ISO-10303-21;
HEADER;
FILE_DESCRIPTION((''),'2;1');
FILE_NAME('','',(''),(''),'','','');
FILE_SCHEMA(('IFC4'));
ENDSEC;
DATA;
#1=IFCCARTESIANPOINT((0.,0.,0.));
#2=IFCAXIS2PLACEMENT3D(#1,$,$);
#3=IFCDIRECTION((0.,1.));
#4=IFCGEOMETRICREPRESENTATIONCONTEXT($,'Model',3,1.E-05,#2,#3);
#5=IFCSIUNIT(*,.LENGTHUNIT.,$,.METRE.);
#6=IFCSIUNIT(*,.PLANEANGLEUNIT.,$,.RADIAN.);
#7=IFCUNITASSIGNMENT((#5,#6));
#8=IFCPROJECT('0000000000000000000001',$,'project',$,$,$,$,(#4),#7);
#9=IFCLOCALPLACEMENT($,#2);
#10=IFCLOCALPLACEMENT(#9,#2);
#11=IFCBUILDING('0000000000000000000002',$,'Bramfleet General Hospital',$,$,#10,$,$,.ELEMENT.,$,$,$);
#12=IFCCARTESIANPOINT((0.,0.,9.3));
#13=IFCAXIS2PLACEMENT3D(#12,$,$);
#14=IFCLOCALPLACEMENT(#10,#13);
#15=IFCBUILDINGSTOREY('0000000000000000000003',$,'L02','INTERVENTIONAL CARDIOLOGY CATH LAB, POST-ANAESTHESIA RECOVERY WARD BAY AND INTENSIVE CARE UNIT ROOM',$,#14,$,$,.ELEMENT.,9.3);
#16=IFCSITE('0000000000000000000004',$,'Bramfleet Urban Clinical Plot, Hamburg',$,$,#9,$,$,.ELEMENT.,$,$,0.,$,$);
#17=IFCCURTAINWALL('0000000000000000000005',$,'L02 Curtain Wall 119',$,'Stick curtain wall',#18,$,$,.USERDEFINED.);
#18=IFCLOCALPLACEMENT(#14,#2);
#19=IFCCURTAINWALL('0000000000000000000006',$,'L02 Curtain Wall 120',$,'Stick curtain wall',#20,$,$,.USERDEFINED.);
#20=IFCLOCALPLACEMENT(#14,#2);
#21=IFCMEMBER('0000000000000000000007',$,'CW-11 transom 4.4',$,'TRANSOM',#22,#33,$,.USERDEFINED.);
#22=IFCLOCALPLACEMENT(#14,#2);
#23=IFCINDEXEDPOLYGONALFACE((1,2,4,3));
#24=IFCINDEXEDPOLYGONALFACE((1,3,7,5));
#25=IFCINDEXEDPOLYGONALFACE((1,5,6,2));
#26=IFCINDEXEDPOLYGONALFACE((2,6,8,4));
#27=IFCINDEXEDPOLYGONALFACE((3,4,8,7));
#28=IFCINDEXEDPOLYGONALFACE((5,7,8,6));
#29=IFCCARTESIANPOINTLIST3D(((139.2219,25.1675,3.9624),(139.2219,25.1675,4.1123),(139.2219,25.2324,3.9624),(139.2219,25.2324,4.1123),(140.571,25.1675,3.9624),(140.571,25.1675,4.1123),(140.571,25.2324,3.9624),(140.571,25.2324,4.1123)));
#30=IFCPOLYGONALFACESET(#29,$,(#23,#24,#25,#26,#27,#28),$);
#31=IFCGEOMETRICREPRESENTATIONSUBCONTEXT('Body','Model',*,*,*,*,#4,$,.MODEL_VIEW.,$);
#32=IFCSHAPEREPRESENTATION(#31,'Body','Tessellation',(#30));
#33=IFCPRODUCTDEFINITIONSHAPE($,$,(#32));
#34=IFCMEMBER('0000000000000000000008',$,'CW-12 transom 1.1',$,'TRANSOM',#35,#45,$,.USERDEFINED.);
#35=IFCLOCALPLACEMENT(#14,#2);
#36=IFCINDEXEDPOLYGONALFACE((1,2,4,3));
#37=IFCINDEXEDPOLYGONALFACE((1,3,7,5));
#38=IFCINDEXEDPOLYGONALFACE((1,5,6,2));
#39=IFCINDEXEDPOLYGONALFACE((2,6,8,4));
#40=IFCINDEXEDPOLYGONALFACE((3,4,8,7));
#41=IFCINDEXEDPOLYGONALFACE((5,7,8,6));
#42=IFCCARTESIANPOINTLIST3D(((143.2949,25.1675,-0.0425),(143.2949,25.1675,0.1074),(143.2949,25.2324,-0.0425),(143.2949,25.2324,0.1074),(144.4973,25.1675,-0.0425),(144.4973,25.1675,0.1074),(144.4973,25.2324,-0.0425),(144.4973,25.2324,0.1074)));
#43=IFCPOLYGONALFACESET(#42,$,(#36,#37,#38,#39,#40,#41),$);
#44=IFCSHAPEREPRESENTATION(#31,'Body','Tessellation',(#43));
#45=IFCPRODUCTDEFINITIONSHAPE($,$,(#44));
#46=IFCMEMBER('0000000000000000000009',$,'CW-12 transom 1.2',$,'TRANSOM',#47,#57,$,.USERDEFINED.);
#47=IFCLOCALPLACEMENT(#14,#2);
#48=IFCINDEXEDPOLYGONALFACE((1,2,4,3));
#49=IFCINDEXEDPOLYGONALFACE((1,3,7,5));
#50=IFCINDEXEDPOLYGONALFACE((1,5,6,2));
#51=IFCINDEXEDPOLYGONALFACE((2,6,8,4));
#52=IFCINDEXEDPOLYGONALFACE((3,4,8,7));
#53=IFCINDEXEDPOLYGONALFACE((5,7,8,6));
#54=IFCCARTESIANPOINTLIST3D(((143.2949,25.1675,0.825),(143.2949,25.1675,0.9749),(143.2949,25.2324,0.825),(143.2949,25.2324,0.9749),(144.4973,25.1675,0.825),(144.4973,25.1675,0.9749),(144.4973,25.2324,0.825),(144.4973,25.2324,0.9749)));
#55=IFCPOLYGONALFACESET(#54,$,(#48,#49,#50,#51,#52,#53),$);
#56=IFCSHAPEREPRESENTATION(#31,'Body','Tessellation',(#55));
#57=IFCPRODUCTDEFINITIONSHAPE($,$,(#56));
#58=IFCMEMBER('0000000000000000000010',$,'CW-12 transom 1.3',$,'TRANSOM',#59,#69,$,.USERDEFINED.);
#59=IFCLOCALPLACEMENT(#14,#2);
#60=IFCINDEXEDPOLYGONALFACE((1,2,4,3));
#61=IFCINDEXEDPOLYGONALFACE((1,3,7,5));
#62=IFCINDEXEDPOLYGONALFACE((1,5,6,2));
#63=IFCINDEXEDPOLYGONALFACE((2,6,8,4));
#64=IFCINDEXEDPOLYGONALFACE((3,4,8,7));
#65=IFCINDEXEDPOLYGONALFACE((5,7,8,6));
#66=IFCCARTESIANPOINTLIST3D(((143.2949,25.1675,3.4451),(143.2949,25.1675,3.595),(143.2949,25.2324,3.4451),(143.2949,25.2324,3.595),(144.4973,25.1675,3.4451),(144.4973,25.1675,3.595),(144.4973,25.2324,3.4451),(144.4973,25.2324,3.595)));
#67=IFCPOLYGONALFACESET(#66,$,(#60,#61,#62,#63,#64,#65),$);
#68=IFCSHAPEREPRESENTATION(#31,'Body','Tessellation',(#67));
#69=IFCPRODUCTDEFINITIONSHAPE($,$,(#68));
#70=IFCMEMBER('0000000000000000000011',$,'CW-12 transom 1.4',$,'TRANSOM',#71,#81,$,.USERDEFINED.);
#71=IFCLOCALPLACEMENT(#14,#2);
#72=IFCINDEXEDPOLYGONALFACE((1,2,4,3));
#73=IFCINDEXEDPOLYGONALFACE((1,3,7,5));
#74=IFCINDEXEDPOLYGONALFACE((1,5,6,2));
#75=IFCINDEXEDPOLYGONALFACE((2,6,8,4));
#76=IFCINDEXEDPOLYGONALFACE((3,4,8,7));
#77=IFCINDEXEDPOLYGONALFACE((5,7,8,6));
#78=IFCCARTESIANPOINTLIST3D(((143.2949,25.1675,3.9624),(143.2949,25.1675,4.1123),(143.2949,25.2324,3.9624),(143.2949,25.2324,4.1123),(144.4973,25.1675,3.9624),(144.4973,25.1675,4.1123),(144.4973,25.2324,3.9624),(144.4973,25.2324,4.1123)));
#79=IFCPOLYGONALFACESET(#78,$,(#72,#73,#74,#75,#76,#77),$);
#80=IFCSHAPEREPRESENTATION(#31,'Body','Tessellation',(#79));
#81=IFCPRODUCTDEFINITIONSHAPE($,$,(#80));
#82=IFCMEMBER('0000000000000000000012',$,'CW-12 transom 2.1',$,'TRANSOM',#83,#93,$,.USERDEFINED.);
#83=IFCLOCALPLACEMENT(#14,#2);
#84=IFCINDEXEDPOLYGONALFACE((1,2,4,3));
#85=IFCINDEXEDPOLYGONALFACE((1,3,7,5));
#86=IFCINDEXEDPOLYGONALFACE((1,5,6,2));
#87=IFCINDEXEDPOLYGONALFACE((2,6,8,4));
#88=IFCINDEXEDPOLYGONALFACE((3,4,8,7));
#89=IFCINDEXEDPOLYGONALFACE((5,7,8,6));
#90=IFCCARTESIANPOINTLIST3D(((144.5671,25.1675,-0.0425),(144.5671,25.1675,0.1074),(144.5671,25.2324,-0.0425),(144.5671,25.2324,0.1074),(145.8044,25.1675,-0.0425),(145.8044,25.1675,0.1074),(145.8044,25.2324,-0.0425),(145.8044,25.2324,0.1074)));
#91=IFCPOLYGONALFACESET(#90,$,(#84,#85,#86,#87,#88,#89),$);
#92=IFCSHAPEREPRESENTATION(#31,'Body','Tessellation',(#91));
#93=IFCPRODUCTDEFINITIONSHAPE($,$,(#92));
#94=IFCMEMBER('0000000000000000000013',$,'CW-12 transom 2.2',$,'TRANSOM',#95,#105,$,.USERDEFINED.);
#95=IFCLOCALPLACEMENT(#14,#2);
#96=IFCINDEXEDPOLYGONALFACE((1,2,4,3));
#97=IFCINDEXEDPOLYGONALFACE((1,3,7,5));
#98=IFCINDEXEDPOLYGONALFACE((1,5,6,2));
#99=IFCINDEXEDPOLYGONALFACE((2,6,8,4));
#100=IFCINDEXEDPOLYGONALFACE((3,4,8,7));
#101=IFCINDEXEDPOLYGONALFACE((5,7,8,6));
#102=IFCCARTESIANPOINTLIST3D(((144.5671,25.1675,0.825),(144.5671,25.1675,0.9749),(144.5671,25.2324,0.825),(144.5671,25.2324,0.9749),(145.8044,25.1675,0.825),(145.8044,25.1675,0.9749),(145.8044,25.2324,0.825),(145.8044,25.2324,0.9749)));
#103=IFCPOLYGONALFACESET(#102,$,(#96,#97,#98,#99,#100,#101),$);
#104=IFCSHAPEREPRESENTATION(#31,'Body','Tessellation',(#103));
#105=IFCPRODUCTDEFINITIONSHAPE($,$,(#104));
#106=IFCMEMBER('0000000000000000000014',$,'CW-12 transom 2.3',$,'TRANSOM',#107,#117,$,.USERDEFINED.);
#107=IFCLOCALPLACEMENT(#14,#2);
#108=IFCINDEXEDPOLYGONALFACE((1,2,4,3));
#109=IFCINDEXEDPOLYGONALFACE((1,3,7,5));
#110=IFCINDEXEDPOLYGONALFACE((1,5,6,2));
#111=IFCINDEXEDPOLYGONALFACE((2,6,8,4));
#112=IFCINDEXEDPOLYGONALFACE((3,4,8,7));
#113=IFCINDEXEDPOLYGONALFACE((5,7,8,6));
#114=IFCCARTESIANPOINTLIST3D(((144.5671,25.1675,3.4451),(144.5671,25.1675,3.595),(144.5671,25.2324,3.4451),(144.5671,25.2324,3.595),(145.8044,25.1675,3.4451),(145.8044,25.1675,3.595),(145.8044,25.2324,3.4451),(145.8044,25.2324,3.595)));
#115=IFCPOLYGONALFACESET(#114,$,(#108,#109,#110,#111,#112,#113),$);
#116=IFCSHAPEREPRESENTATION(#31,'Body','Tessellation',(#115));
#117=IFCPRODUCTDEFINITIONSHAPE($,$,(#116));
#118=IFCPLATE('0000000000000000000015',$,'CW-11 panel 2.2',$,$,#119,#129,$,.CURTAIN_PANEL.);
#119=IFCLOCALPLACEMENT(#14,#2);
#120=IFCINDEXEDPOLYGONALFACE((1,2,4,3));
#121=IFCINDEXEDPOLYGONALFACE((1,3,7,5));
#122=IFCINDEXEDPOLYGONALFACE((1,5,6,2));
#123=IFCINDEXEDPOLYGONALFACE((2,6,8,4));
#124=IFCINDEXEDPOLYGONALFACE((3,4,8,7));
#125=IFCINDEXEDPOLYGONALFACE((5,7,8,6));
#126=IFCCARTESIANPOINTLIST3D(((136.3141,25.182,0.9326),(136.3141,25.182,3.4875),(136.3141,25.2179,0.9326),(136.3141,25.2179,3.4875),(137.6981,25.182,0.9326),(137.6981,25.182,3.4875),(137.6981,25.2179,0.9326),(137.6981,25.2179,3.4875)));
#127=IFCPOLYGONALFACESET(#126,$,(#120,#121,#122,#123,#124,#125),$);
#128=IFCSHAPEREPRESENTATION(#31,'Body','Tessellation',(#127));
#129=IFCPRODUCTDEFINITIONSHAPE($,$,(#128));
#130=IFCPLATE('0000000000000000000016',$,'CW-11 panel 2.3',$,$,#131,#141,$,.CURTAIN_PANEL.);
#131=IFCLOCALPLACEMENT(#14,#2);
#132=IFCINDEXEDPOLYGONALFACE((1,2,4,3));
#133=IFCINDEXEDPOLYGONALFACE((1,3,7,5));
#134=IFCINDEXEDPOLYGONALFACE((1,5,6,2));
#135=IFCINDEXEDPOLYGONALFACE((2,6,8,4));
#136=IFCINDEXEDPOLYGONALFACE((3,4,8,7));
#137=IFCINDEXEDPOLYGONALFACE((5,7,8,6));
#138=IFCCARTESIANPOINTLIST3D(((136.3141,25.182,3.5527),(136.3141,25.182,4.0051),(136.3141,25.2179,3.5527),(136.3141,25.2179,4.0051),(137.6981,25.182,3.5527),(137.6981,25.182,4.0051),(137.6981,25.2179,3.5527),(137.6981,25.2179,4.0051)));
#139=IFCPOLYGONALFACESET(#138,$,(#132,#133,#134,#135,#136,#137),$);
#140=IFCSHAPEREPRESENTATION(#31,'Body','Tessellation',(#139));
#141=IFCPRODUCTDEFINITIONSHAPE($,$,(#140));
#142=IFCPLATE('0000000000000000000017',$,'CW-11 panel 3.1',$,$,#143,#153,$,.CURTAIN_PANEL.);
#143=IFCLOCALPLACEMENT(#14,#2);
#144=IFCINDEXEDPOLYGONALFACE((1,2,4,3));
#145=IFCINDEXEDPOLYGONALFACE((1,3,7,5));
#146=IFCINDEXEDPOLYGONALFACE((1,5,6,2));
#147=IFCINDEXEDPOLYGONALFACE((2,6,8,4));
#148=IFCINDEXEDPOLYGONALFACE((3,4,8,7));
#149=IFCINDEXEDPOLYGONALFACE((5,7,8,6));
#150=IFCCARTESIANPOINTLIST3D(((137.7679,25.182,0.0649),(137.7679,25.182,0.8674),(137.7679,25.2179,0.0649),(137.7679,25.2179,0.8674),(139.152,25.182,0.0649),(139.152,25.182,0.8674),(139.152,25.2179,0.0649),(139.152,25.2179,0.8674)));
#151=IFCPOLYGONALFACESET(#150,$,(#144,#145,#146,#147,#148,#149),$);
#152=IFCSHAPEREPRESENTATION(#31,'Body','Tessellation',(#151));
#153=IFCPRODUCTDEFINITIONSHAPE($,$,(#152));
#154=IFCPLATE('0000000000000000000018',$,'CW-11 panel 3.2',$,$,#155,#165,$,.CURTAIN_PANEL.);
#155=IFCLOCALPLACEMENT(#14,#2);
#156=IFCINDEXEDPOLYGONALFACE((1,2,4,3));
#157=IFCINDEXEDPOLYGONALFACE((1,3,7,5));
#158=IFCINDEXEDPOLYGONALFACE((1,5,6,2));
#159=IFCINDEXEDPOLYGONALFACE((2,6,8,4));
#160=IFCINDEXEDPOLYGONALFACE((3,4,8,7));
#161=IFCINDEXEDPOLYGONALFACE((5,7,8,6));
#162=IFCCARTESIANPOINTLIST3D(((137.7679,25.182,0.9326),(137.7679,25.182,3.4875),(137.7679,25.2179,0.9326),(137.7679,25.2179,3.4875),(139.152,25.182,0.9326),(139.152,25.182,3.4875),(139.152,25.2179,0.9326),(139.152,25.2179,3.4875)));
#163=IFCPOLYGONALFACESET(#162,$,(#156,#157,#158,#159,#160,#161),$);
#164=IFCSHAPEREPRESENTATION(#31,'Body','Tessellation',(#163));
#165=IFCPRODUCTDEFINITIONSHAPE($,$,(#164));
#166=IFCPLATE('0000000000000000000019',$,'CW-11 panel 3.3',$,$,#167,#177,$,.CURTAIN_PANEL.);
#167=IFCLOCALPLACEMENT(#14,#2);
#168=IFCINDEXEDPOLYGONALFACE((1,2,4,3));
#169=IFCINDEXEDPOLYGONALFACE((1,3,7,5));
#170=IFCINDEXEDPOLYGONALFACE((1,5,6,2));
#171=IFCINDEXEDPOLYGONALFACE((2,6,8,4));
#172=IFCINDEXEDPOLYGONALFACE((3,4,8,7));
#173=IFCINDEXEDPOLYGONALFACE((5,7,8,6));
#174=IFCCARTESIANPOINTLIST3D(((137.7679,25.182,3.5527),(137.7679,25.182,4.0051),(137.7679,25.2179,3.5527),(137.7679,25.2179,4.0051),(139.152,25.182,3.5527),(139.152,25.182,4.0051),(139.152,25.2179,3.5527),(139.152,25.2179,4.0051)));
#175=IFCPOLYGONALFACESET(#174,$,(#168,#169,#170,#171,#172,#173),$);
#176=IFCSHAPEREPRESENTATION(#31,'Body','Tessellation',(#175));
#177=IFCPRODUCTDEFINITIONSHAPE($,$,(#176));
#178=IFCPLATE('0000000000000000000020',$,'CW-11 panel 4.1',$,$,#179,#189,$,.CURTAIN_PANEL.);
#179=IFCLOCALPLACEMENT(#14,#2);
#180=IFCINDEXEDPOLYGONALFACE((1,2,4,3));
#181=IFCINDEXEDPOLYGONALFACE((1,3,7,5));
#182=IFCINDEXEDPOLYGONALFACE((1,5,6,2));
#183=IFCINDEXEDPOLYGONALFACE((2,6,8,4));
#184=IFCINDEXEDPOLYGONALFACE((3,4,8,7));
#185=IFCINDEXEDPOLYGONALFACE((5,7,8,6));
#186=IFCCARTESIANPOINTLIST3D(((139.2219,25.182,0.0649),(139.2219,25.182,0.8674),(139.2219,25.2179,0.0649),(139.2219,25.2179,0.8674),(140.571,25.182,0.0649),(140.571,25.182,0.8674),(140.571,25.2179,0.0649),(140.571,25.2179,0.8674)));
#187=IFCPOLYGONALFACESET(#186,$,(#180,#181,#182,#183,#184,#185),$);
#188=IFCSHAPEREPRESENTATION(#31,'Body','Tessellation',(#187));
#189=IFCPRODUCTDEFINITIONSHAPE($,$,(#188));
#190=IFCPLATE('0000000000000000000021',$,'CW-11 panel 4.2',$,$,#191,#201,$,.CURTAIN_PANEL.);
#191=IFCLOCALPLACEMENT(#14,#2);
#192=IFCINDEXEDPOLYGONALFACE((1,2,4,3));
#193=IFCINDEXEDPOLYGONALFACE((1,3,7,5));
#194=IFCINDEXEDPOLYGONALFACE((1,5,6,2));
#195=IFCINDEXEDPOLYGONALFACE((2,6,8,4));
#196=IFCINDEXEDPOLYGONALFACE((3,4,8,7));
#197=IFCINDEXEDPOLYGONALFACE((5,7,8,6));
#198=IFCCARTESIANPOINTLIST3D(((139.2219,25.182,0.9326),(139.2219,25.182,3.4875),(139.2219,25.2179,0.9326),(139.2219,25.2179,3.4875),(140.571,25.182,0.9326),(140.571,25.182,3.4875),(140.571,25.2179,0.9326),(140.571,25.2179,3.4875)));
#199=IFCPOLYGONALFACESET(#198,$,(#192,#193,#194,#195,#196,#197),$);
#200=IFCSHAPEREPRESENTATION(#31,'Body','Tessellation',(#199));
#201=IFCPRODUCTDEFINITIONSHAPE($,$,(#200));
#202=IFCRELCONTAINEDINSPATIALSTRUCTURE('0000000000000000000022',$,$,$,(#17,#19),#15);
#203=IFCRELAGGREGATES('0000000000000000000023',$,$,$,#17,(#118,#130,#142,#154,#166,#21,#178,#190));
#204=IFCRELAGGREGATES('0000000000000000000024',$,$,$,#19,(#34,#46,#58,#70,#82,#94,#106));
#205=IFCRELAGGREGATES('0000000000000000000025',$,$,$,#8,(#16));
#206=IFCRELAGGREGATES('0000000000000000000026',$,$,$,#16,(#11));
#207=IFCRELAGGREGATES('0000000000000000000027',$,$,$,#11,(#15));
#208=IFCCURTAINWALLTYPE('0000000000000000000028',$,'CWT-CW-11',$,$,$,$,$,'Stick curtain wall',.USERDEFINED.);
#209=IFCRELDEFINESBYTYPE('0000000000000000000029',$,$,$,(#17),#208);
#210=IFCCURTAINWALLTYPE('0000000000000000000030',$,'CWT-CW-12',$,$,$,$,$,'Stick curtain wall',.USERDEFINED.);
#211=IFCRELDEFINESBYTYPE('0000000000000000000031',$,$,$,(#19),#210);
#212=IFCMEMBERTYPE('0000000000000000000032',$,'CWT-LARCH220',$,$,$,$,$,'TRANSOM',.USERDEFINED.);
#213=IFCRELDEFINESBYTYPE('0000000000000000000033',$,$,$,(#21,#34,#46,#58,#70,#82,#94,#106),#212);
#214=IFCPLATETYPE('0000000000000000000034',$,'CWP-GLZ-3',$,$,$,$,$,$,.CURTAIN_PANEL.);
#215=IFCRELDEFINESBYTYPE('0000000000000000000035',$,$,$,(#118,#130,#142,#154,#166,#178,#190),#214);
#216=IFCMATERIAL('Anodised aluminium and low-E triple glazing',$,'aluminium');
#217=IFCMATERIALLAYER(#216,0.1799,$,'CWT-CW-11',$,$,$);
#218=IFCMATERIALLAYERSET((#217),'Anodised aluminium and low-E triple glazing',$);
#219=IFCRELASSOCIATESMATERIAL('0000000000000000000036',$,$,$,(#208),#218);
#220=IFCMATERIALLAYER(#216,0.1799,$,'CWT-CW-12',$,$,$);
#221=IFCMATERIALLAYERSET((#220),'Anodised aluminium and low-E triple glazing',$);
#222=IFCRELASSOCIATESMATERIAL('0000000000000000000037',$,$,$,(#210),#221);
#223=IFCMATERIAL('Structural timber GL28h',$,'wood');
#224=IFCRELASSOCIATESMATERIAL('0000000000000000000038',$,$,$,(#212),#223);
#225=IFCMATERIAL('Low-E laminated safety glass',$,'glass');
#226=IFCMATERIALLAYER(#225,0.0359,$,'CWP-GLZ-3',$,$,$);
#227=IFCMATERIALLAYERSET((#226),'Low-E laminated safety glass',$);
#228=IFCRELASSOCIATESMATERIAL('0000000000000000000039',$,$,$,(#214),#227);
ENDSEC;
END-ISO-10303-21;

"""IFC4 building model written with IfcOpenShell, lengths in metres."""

from ifc_helpers import new_model, si_unit, direction, frame, origin, origin_2d, place, context, subcontext, project, spatial, rectangle, extrude, material, layer, layer_set, material_profile, profile_set, type_object, element, aggregate, save


model = new_model("IFC4")

# Units and contexts
model_context = context("Model", 3, precision=1e-05, world=origin(), true_north=direction((0.0, 1.0)))
body_context = subcontext(model_context, "Body", "Model", "MODEL_VIEW")
ifc_project = project(units=[si_unit("LENGTHUNIT", "METRE"), si_unit("PLANEANGLEUNIT", "RADIAN")], contexts=[model_context])

# Site, building, storey
site_placement = place(None, origin())
site = spatial("IfcSite", under=ifc_project, at=site_placement, Name="Bramfleet Urban Clinical Plot, Hamburg", CompositionType="ELEMENT", RefElevation=0.0)
building_placement = place(site_placement, origin())
building = spatial("IfcBuilding", under=site, at=building_placement, Name="Bramfleet General Hospital", CompositionType="ELEMENT")
storey_placement = place(building_placement, frame((0.0, 0.0, 9.3)))
storey = spatial("IfcBuildingStorey", under=building, at=storey_placement, Name="L02", Description="INTERVENTIONAL CARDIOLOGY CATH LAB, POST-ANAESTHESIA RECOVERY WARD BAY AND INTENSIVE CARE UNIT ROOM", CompositionType="ELEMENT", Elevation=9.3)

# Curtain walls
ifc_material_1 = material(Name="Anodised aluminium and low-E triple glazing", Category="aluminium")
ifc_layer_1 = layer(ifc_material_1, 0.1799, Name="CWT-CW-11")
ifc_layer_set_1 = layer_set([ifc_layer_1], Name="Anodised aluminium and low-E triple glazing")
curtain_wall_type_1 = type_object("IfcCurtainWallType", Name="CWT-CW-11", ElementType="Stick curtain wall", PredefinedType="USERDEFINED", material=ifc_layer_set_1)
curtain_wall_1_placement = place(storey_placement, origin())
curtain_wall_1 = element("IfcCurtainWall", 1, at=curtain_wall_1_placement, inside=storey, type_object=curtain_wall_type_1, Name="L02 Curtain Wall 119", ObjectType="Stick curtain wall", PredefinedType="USERDEFINED")
ifc_material_2 = material(Name="Structural timber GL28h", Category="wood")
ifc_layer_2 = layer(ifc_material_1, 0.1799, Name="CWT-CW-12")
ifc_layer_set_2 = layer_set([ifc_layer_2], Name="Anodised aluminium and low-E triple glazing")
curtain_wall_type_2 = type_object("IfcCurtainWallType", Name="CWT-CW-12", ElementType="Stick curtain wall", PredefinedType="USERDEFINED", material=ifc_layer_set_2)
curtain_wall_2_placement = place(storey_placement, origin())
curtain_wall_2 = element("IfcCurtainWall", 2, at=curtain_wall_2_placement, inside=storey, type_object=curtain_wall_type_2, Name="L02 Curtain Wall 120", ObjectType="Stick curtain wall", PredefinedType="USERDEFINED")

# Members
ifc_material_profile_1 = material_profile(ifc_material_2, rectangle(XDim=0.0649, YDim=0.1499, at=origin_2d()), Name="LARCH 150x65")
ifc_profile_set_1 = profile_set([ifc_material_profile_1], Name="Structural timber GL28h")
member_type_1 = type_object("IfcMemberType", Name="CWT-LARCH220", ElementType="TRANSOM", PredefinedType="USERDEFINED", material=ifc_profile_set_1)
member_1_placement = place(storey_placement, frame((139.2219, 25.2, 4.0374), z_axis=(1.0, 0.0, 0.0), x_axis=(0.0, 1.0, 0.0)))
member_1 = element("IfcMember", 3, at=member_1_placement, type_object=member_type_1, Name="CW-11 transom 4.4", ObjectType="TRANSOM", PredefinedType="USERDEFINED", context=body_context, shape_type="SweptSolid", body=[
    extrude(rectangle(XDim=0.0649, YDim=0.1499, at=origin_2d()), origin(), (0.0, 0.0, 1.0), 1.3491),
])
member_2_placement = place(storey_placement, frame((143.2949, 25.2, 0.0325), z_axis=(1.0, 0.0, 0.0), x_axis=(0.0, 1.0, 0.0)))
member_2 = element("IfcMember", 4, at=member_2_placement, type_object=member_type_1, Name="CW-12 transom 1.1", ObjectType="TRANSOM", PredefinedType="USERDEFINED", context=body_context, shape_type="SweptSolid", body=[
    extrude(rectangle(XDim=0.0649, YDim=0.1499, at=origin_2d()), origin(), (0.0, 0.0, 1.0), 1.2024),
])
member_3_placement = place(storey_placement, frame((143.2949, 25.2, 0.8999), z_axis=(1.0, 0.0, 0.0), x_axis=(0.0, 1.0, 0.0)))
member_3 = element("IfcMember", 5, at=member_3_placement, type_object=member_type_1, Name="CW-12 transom 1.2", ObjectType="TRANSOM", PredefinedType="USERDEFINED", context=body_context, shape_type="SweptSolid", body=[
    extrude(rectangle(XDim=0.0649, YDim=0.1499, at=origin_2d()), origin(), (0.0, 0.0, 1.0), 1.2024),
])
member_4_placement = place(storey_placement, frame((143.2949, 25.2, 3.52), z_axis=(1.0, 0.0, 0.0), x_axis=(0.0, 1.0, 0.0)))
member_4 = element("IfcMember", 6, at=member_4_placement, type_object=member_type_1, Name="CW-12 transom 1.3", ObjectType="TRANSOM", PredefinedType="USERDEFINED", context=body_context, shape_type="SweptSolid", body=[
    extrude(rectangle(XDim=0.0649, YDim=0.1499, at=origin_2d()), origin(), (0.0, 0.0, 1.0), 1.2024),
])
member_5_placement = place(storey_placement, frame((143.2949, 25.2, 4.0374), z_axis=(1.0, 0.0, 0.0), x_axis=(0.0, 1.0, 0.0)))
member_5 = element("IfcMember", 7, at=member_5_placement, type_object=member_type_1, Name="CW-12 transom 1.4", ObjectType="TRANSOM", PredefinedType="USERDEFINED", context=body_context, shape_type="SweptSolid", body=[
    extrude(rectangle(XDim=0.0649, YDim=0.1499, at=origin_2d()), origin(), (0.0, 0.0, 1.0), 1.2024),
])
member_6_placement = place(storey_placement, frame((144.5671, 25.2, 0.0325), z_axis=(1.0, 0.0, 0.0), x_axis=(0.0, 1.0, 0.0)))
member_6 = element("IfcMember", 8, at=member_6_placement, type_object=member_type_1, Name="CW-12 transom 2.1", ObjectType="TRANSOM", PredefinedType="USERDEFINED", context=body_context, shape_type="SweptSolid", body=[
    extrude(rectangle(XDim=0.0649, YDim=0.1499, at=origin_2d()), origin(), (0.0, 0.0, 1.0), 1.2373),
])
member_7_placement = place(storey_placement, frame((144.5671, 25.2, 0.8999), z_axis=(1.0, 0.0, 0.0), x_axis=(0.0, 1.0, 0.0)))
member_7 = element("IfcMember", 9, at=member_7_placement, type_object=member_type_1, Name="CW-12 transom 2.2", ObjectType="TRANSOM", PredefinedType="USERDEFINED", context=body_context, shape_type="SweptSolid", body=[
    extrude(rectangle(XDim=0.0649, YDim=0.1499, at=origin_2d()), origin(), (0.0, 0.0, 1.0), 1.2373),
])
member_8_placement = place(storey_placement, frame((144.5671, 25.2, 3.52), z_axis=(1.0, 0.0, 0.0), x_axis=(0.0, 1.0, 0.0)))
member_8 = element("IfcMember", 10, at=member_8_placement, type_object=member_type_1, Name="CW-12 transom 2.3", ObjectType="TRANSOM", PredefinedType="USERDEFINED", context=body_context, shape_type="SweptSolid", body=[
    extrude(rectangle(XDim=0.0649, YDim=0.1499, at=origin_2d()), origin(), (0.0, 0.0, 1.0), 1.2373),
])

# Plates
ifc_material_3 = material(Name="Low-E laminated safety glass", Category="glass")
ifc_layer_3 = layer(ifc_material_3, 0.0359, Name="CWP-GLZ-3")
ifc_layer_set_3 = layer_set([ifc_layer_3], Name="Low-E laminated safety glass")
plate_type_1 = type_object("IfcPlateType", Name="CWP-GLZ-3", PredefinedType="CURTAIN_PANEL", material=ifc_layer_set_3)
plate_1_placement = place(storey_placement, frame((137.0061, 25.2, 0.9326), z_axis=(0.0, 0.0, 1.0), x_axis=(1.0, 0.0, 0.0)))
plate_1 = element("IfcPlate", 11, at=plate_1_placement, type_object=plate_type_1, Name="CW-11 panel 2.2", PredefinedType="CURTAIN_PANEL", context=body_context, shape_type="SweptSolid", body=[
    extrude(rectangle(XDim=1.384, YDim=0.0359, at=origin_2d()), origin(), (0.0, 0.0, 1.0), 2.5549),
])
plate_2_placement = place(storey_placement, frame((137.0061, 25.2, 3.5527), z_axis=(0.0, 0.0, 1.0), x_axis=(1.0, 0.0, 0.0)))
plate_2 = element("IfcPlate", 12, at=plate_2_placement, type_object=plate_type_1, Name="CW-11 panel 2.3", PredefinedType="CURTAIN_PANEL", context=body_context, shape_type="SweptSolid", body=[
    extrude(rectangle(XDim=1.384, YDim=0.0359, at=origin_2d()), origin(), (0.0, 0.0, 1.0), 0.4524),
])
plate_3_placement = place(storey_placement, frame((138.46, 25.2, 0.0649), z_axis=(0.0, 0.0, 1.0), x_axis=(1.0, 0.0, 0.0)))
plate_3 = element("IfcPlate", 13, at=plate_3_placement, type_object=plate_type_1, Name="CW-11 panel 3.1", PredefinedType="CURTAIN_PANEL", context=body_context, shape_type="SweptSolid", body=[
    extrude(rectangle(XDim=1.384, YDim=0.0359, at=origin_2d()), origin(), (0.0, 0.0, 1.0), 0.8025),
])
plate_4_placement = place(storey_placement, frame((138.46, 25.2, 0.9326), z_axis=(0.0, 0.0, 1.0), x_axis=(1.0, 0.0, 0.0)))
plate_4 = element("IfcPlate", 14, at=plate_4_placement, type_object=plate_type_1, Name="CW-11 panel 3.2", PredefinedType="CURTAIN_PANEL", context=body_context, shape_type="SweptSolid", body=[
    extrude(rectangle(XDim=1.384, YDim=0.0359, at=origin_2d()), origin(), (0.0, 0.0, 1.0), 2.5549),
])
plate_5_placement = place(storey_placement, frame((138.46, 25.2, 3.5527), z_axis=(0.0, 0.0, 1.0), x_axis=(1.0, 0.0, 0.0)))
plate_5 = element("IfcPlate", 15, at=plate_5_placement, type_object=plate_type_1, Name="CW-11 panel 3.3", PredefinedType="CURTAIN_PANEL", context=body_context, shape_type="SweptSolid", body=[
    extrude(rectangle(XDim=1.384, YDim=0.0359, at=origin_2d()), origin(), (0.0, 0.0, 1.0), 0.4524),
])
plate_6_placement = place(storey_placement, frame((139.8965, 25.2, 0.0649), z_axis=(0.0, 0.0, 1.0), x_axis=(1.0, 0.0, 0.0)))
plate_6 = element("IfcPlate", 16, at=plate_6_placement, type_object=plate_type_1, Name="CW-11 panel 4.1", PredefinedType="CURTAIN_PANEL", context=body_context, shape_type="SweptSolid", body=[
    extrude(rectangle(XDim=1.3491, YDim=0.0359, at=origin_2d()), origin(), (0.0, 0.0, 1.0), 0.8025),
])
plate_7_placement = place(storey_placement, frame((139.8965, 25.2, 0.9326), z_axis=(0.0, 0.0, 1.0), x_axis=(1.0, 0.0, 0.0)))
plate_7 = element("IfcPlate", 17, at=plate_7_placement, type_object=plate_type_1, Name="CW-11 panel 4.2", PredefinedType="CURTAIN_PANEL", context=body_context, shape_type="SweptSolid", body=[
    extrude(rectangle(XDim=1.3491, YDim=0.0359, at=origin_2d()), origin(), (0.0, 0.0, 1.0), 2.5549),
])
aggregate(curtain_wall_1, [plate_1, plate_2, plate_3, plate_4, plate_5, member_1, plate_6, plate_7])
aggregate(curtain_wall_2, [member_2, member_3, member_4, member_5, member_6, member_7, member_8])

save(model, "model.ifc")
